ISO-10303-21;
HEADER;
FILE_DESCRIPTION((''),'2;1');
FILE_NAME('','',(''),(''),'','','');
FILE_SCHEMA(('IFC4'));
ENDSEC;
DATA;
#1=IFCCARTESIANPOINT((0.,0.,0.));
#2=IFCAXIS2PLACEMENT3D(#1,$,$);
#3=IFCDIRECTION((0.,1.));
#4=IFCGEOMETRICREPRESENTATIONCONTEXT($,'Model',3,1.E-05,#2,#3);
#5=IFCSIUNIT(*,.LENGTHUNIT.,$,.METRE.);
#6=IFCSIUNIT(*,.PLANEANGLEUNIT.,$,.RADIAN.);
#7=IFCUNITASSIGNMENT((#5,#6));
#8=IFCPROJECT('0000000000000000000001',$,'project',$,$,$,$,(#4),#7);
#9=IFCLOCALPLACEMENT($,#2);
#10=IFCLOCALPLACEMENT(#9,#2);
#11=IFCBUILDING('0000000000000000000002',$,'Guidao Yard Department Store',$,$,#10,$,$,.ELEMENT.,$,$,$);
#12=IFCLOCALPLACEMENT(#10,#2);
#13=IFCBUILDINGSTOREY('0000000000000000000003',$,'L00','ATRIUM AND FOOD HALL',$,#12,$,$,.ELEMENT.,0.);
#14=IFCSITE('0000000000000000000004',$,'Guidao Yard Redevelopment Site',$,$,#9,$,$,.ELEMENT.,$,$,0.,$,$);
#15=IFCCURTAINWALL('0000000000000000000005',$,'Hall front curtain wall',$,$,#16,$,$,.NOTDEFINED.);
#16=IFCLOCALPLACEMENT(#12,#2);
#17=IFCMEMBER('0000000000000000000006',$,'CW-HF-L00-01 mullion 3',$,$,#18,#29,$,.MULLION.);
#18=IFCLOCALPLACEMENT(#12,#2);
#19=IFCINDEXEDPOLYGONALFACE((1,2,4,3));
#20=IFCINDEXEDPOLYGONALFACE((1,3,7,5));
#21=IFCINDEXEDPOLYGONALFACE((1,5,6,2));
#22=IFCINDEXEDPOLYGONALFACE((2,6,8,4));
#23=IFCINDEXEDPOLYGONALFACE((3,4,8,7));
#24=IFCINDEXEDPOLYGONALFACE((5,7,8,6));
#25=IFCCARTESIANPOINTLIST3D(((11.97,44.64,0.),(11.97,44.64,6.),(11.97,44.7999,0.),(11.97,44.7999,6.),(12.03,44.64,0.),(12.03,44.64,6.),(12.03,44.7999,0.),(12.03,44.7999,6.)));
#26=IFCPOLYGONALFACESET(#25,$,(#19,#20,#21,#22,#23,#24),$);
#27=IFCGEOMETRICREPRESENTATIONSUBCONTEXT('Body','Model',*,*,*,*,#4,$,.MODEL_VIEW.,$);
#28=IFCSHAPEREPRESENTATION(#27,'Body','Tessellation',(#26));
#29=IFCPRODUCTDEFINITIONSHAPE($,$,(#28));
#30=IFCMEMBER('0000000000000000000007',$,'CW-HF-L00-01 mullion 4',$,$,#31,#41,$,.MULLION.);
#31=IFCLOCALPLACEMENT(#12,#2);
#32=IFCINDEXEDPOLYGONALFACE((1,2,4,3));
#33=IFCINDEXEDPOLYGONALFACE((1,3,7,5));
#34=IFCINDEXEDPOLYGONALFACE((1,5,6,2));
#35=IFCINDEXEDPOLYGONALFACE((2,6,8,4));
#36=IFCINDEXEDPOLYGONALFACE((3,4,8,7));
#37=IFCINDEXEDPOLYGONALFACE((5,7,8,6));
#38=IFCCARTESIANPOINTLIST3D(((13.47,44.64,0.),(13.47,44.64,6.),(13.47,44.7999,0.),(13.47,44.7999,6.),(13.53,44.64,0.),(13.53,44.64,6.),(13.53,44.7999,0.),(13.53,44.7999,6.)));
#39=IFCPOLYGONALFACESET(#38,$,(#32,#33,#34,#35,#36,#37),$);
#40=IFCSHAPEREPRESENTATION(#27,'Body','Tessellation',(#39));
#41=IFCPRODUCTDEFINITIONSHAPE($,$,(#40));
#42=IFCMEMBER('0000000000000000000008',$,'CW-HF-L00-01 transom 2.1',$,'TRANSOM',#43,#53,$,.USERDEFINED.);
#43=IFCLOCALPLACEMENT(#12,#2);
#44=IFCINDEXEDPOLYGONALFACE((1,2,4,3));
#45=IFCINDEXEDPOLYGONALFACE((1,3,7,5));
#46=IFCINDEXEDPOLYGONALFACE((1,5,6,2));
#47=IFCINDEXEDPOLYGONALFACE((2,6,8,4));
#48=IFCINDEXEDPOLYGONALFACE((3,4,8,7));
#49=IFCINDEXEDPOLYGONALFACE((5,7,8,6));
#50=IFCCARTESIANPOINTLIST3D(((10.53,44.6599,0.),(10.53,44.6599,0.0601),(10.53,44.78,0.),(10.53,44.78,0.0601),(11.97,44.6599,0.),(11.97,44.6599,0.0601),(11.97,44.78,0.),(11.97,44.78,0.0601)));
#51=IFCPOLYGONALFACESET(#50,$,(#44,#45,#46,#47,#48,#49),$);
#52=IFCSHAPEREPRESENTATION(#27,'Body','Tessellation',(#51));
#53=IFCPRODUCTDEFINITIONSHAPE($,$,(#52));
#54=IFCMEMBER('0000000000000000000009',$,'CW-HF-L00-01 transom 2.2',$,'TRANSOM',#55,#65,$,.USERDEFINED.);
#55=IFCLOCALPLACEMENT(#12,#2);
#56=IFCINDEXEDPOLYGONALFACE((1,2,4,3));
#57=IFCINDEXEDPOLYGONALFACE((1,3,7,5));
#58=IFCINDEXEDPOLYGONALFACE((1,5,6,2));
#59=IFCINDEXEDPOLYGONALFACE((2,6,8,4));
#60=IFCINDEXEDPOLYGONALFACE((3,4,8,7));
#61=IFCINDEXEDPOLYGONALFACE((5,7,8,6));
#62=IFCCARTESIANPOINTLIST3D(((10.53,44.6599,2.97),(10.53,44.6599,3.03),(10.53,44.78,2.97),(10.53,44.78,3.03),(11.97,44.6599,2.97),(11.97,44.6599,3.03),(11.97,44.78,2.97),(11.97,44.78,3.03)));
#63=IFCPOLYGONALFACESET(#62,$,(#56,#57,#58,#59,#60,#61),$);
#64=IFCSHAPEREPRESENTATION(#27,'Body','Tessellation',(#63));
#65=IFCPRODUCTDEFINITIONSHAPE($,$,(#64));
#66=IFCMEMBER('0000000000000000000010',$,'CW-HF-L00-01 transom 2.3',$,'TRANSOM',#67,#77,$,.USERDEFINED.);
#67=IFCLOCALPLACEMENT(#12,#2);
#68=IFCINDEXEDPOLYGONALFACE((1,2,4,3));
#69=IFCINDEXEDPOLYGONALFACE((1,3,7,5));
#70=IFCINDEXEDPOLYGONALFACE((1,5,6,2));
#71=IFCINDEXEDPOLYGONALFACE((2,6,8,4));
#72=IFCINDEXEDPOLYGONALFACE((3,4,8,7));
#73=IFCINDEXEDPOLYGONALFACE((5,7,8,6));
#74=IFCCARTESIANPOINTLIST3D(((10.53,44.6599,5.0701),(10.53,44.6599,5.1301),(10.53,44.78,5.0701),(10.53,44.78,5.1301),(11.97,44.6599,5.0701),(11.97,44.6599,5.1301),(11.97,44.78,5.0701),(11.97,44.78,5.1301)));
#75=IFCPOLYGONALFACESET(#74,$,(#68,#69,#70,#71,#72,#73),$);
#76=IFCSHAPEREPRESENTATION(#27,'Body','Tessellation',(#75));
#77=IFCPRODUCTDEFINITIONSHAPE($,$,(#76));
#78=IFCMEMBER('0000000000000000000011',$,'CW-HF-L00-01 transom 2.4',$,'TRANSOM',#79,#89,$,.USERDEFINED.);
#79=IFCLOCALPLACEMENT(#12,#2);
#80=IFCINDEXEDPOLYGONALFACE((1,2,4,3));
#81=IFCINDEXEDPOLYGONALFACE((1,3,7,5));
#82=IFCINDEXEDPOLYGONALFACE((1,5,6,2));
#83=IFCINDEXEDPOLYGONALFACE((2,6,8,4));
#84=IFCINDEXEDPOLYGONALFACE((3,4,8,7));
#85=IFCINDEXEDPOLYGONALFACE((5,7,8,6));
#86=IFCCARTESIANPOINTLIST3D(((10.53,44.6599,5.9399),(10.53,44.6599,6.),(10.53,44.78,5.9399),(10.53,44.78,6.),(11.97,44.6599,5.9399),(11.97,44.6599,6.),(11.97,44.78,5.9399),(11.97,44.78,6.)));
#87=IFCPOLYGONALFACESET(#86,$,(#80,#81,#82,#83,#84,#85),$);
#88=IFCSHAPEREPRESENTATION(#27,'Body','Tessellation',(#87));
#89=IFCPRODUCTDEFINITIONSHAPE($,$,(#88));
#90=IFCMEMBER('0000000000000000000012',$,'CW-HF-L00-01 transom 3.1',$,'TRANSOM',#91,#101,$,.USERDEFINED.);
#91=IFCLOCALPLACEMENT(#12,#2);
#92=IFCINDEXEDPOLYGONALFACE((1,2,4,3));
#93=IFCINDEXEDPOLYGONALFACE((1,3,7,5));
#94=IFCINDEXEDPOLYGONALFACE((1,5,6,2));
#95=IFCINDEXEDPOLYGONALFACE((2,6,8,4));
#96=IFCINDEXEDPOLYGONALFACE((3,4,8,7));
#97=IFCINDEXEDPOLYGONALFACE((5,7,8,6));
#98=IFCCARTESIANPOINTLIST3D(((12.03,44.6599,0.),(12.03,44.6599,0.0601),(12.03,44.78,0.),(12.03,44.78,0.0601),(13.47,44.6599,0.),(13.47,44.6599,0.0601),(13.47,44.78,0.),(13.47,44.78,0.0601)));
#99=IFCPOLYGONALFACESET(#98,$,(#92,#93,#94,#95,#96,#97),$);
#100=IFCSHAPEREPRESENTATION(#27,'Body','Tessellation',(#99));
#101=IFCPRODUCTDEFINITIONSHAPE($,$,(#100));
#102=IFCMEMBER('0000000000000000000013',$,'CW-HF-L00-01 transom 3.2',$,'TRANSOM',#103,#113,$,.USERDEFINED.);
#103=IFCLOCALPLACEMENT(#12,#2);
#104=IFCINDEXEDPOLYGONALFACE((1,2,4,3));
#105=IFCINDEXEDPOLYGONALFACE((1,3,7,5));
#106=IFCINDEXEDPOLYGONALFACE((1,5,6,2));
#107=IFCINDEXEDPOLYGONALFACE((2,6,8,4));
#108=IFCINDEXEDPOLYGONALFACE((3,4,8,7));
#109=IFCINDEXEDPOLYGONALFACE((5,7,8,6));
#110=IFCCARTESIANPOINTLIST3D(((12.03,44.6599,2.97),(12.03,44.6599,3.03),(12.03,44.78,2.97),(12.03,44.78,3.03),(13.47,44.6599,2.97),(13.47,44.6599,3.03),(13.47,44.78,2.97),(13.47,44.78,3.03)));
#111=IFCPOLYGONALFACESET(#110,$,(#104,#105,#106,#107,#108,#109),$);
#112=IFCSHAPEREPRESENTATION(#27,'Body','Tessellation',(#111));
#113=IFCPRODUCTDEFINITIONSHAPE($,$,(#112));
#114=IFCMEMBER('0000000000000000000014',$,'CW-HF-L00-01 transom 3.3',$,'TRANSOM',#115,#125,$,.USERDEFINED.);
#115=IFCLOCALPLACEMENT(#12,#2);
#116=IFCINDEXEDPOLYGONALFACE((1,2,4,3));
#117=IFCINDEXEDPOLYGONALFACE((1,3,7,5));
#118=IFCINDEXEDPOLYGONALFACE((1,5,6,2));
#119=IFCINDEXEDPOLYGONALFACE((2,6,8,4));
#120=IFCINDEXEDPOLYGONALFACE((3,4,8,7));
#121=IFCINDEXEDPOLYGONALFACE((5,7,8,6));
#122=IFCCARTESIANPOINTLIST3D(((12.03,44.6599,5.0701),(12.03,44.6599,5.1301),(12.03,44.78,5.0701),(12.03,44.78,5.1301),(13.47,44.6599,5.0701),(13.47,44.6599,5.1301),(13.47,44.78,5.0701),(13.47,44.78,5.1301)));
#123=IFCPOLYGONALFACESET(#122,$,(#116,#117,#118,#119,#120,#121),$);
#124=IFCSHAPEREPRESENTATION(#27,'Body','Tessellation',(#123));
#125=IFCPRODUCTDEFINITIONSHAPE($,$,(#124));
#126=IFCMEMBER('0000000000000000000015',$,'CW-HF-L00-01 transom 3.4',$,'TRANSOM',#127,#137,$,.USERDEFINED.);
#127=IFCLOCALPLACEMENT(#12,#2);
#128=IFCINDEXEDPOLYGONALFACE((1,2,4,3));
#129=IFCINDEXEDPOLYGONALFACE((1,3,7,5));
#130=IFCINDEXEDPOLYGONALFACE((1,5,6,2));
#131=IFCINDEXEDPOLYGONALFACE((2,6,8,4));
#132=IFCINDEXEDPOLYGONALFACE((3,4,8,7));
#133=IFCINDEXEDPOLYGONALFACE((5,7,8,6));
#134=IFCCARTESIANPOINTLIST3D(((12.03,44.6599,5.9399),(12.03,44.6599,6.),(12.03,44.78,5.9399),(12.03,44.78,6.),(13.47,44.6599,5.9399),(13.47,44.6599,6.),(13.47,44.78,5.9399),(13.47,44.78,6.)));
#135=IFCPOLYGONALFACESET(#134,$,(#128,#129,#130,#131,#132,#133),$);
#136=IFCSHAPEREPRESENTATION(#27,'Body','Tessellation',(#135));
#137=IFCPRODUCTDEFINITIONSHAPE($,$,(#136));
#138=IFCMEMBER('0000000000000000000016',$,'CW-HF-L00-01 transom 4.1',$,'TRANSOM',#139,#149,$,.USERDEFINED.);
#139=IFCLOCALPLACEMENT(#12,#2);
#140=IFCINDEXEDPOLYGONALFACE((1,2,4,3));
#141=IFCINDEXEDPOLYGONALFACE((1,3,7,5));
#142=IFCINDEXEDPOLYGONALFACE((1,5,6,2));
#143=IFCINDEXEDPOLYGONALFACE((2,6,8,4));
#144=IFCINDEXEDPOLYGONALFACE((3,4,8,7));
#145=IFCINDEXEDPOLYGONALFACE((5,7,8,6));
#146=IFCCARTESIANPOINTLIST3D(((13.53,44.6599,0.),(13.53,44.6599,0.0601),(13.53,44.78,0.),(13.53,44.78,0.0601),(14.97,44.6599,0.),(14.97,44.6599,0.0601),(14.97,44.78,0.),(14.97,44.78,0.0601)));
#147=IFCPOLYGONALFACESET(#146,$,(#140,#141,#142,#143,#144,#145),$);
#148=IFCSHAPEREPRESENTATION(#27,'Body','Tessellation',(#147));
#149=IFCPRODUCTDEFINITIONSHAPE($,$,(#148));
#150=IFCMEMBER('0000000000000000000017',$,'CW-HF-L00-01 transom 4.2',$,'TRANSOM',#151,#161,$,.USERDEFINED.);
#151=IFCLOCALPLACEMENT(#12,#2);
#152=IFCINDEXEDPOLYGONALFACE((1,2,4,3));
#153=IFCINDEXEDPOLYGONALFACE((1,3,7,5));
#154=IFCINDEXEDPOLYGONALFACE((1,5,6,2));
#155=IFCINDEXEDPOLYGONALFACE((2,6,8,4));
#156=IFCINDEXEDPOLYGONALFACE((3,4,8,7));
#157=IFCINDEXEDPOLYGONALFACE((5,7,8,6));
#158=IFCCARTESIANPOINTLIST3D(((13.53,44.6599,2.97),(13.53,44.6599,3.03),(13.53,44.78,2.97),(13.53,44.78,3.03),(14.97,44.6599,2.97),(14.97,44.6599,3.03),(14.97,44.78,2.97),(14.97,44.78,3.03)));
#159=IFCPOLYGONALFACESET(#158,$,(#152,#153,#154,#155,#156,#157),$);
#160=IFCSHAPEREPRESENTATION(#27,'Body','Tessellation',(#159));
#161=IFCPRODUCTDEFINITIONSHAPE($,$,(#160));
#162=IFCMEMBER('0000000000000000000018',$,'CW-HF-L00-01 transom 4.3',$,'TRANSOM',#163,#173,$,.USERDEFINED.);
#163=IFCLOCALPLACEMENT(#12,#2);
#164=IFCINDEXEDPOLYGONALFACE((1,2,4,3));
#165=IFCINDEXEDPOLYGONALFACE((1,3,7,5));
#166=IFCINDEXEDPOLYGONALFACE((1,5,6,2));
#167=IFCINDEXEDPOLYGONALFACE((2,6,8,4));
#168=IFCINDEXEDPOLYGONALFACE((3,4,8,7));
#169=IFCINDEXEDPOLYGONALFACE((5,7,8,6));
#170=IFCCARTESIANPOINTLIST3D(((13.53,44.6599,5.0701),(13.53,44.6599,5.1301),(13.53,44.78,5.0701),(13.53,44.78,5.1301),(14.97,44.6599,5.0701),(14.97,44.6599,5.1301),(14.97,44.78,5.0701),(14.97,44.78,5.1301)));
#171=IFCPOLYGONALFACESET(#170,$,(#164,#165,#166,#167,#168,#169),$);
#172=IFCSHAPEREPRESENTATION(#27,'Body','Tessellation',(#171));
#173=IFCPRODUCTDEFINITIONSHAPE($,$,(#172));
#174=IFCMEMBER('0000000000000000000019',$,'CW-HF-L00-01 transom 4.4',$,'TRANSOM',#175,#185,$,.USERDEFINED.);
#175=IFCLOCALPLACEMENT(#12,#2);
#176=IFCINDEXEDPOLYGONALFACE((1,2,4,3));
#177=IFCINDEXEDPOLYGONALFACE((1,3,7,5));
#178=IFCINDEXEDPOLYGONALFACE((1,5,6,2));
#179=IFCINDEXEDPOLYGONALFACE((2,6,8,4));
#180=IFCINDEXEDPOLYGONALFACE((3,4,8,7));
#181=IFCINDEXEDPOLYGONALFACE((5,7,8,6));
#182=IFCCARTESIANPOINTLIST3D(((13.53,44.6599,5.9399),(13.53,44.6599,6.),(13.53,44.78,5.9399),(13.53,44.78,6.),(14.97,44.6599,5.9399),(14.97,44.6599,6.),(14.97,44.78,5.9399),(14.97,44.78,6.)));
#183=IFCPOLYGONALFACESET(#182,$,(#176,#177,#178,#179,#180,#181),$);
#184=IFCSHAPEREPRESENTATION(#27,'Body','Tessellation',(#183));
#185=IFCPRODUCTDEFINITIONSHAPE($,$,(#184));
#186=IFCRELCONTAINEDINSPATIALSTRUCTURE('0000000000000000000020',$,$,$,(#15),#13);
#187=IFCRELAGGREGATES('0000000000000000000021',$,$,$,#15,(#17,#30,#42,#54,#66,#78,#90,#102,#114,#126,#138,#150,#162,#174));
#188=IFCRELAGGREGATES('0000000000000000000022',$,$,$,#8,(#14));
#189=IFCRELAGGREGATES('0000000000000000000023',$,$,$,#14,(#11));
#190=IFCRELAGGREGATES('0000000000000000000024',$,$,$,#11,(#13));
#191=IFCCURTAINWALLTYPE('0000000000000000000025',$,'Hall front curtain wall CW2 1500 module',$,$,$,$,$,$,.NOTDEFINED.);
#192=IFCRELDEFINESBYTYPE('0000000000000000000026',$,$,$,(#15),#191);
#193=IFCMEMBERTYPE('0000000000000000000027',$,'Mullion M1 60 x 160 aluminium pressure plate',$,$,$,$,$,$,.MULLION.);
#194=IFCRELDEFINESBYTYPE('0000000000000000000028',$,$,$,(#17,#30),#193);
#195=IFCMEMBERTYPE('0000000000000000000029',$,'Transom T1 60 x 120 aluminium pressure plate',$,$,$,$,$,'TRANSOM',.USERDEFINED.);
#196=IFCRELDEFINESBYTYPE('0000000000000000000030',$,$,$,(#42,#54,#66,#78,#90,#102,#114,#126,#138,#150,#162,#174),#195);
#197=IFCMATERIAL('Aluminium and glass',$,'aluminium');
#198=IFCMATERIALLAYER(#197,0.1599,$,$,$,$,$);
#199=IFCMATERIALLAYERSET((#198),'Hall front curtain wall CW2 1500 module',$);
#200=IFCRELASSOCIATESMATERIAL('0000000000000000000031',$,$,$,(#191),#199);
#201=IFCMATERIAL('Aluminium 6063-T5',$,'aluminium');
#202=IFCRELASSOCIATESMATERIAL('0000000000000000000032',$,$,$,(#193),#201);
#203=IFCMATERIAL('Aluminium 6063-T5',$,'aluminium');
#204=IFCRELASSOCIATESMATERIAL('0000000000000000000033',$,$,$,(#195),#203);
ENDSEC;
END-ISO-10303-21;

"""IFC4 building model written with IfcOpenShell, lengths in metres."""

from ifc_helpers import new_model, si_unit, direction, frame, origin, origin_2d, place, context, subcontext, project, spatial, rectangle, extrude, material, layer, layer_set, material_profile, profile_set, type_object, element, aggregate, save


model = new_model("IFC4")

# Units and contexts
model_context = context("Model", 3, precision=1e-05, world=origin(), true_north=direction((0.0, 1.0)))
body_context = subcontext(model_context, "Body", "Model", "MODEL_VIEW")
ifc_project = project(units=[si_unit("LENGTHUNIT", "METRE"), si_unit("PLANEANGLEUNIT", "RADIAN")], contexts=[model_context])

# Site, building, storey
site_placement = place(None, origin())
site = spatial("IfcSite", under=ifc_project, at=site_placement, Name="Guidao Yard Redevelopment Site", CompositionType="ELEMENT", RefElevation=0.0)
building_placement = place(site_placement, origin())
building = spatial("IfcBuilding", under=site, at=building_placement, Name="Guidao Yard Department Store", CompositionType="ELEMENT")
storey_placement = place(building_placement, origin())
storey = spatial("IfcBuildingStorey", under=building, at=storey_placement, Name="L00", Description="ATRIUM AND FOOD HALL", CompositionType="ELEMENT", Elevation=0.0)

# Curtain wall, members
ifc_material_1 = material(Name="Aluminium and glass", Category="aluminium")
ifc_layer_1 = layer(ifc_material_1, 0.1599)
ifc_layer_set_1 = layer_set([ifc_layer_1], Name="Hall front curtain wall CW2 1500 module")
curtain_wall_type = type_object("IfcCurtainWallType", Name="Hall front curtain wall CW2 1500 module", PredefinedType="NOTDEFINED", material=ifc_layer_set_1)
curtain_wall_placement = place(storey_placement, origin())
curtain_wall = element("IfcCurtainWall", 1, at=curtain_wall_placement, inside=storey, type_object=curtain_wall_type, Name="Hall front curtain wall", PredefinedType="NOTDEFINED")
ifc_material_2 = material(Name="Aluminium 6063-T5", Category="aluminium")
ifc_material_profile_1 = material_profile(ifc_material_2, rectangle(XDim=0.0601, YDim=0.1599, at=origin_2d()), Name="Mullion M1 60 x 160 aluminium pressure plate")
ifc_profile_set_1 = profile_set([ifc_material_profile_1], Name="Aluminium 6063-T5")
member_type_1 = type_object("IfcMemberType", Name="Mullion M1 60 x 160 aluminium pressure plate", PredefinedType="MULLION", material=ifc_profile_set_1)
member_1_placement = place(storey_placement, frame((12.0, 44.72, 0.0), z_axis=(0.0, 0.0, 1.0), x_axis=(-1.0, 0.0, 0.0)))
member_1 = element("IfcMember", 2, at=member_1_placement, type_object=member_type_1, Name="CW-HF-L00-01 mullion 3", PredefinedType="MULLION", context=body_context, shape_type="SweptSolid", body=[
    extrude(rectangle(XDim=0.0601, YDim=0.1599, at=origin_2d()), origin(), (0.0, 0.0, 1.0), 6.0),
])
member_2_placement = place(storey_placement, frame((13.5, 44.72, 0.0), z_axis=(0.0, 0.0, 1.0), x_axis=(-1.0, 0.0, 0.0)))
member_2 = element("IfcMember", 3, at=member_2_placement, type_object=member_type_1, Name="CW-HF-L00-01 mullion 4", PredefinedType="MULLION", context=body_context, shape_type="SweptSolid", body=[
    extrude(rectangle(XDim=0.0601, YDim=0.1599, at=origin_2d()), origin(), (0.0, 0.0, 1.0), 6.0),
])
ifc_material_3 = material(Name="Aluminium 6063-T5", Category="aluminium")
ifc_material_profile_2 = material_profile(ifc_material_3, rectangle(XDim=0.1201, YDim=0.0601, at=origin_2d()), Name="Transom T1 60 x 120 aluminium pressure plate")
ifc_profile_set_2 = profile_set([ifc_material_profile_2], Name="Aluminium 6063-T5")
member_type_2 = type_object("IfcMemberType", Name="Transom T1 60 x 120 aluminium pressure plate", ElementType="TRANSOM", PredefinedType="USERDEFINED", material=ifc_profile_set_2)
member_3_placement = place(storey_placement, frame((11.97, 44.72, 0.03), z_axis=(-1.0, 0.0, 0.0), x_axis=(0.0, -1.0, 0.0)))
member_3 = element("IfcMember", 4, at=member_3_placement, type_object=member_type_2, Name="CW-HF-L00-01 transom 2.1", ObjectType="TRANSOM", PredefinedType="USERDEFINED", context=body_context, shape_type="SweptSolid", body=[
    extrude(rectangle(XDim=0.1201, YDim=0.0601, at=origin_2d()), origin(), (0.0, 0.0, 1.0), 1.4399),
])
member_4_placement = place(storey_placement, frame((11.97, 44.72, 3.0), z_axis=(-1.0, 0.0, 0.0), x_axis=(0.0, -1.0, 0.0)))
member_4 = element("IfcMember", 5, at=member_4_placement, type_object=member_type_2, Name="CW-HF-L00-01 transom 2.2", ObjectType="TRANSOM", PredefinedType="USERDEFINED", context=body_context, shape_type="SweptSolid", body=[
    extrude(rectangle(XDim=0.1201, YDim=0.0601, at=origin_2d()), origin(), (0.0, 0.0, 1.0), 1.4399),
])
member_5_placement = place(storey_placement, frame((11.97, 44.72, 5.1001), z_axis=(-1.0, 0.0, 0.0), x_axis=(0.0, -1.0, 0.0)))
member_5 = element("IfcMember", 6, at=member_5_placement, type_object=member_type_2, Name="CW-HF-L00-01 transom 2.3", ObjectType="TRANSOM", PredefinedType="USERDEFINED", context=body_context, shape_type="SweptSolid", body=[
    extrude(rectangle(XDim=0.1201, YDim=0.0601, at=origin_2d()), origin(), (0.0, 0.0, 1.0), 1.4399),
])
member_6_placement = place(storey_placement, frame((11.97, 44.72, 5.97), z_axis=(-1.0, 0.0, 0.0), x_axis=(0.0, -1.0, 0.0)))
member_6 = element("IfcMember", 7, at=member_6_placement, type_object=member_type_2, Name="CW-HF-L00-01 transom 2.4", ObjectType="TRANSOM", PredefinedType="USERDEFINED", context=body_context, shape_type="SweptSolid", body=[
    extrude(rectangle(XDim=0.1201, YDim=0.0601, at=origin_2d()), origin(), (0.0, 0.0, 1.0), 1.4399),
])
member_7_placement = place(storey_placement, frame((13.47, 44.72, 0.03), z_axis=(-1.0, 0.0, 0.0), x_axis=(0.0, -1.0, 0.0)))
member_7 = element("IfcMember", 8, at=member_7_placement, type_object=member_type_2, Name="CW-HF-L00-01 transom 3.1", ObjectType="TRANSOM", PredefinedType="USERDEFINED", context=body_context, shape_type="SweptSolid", body=[
    extrude(rectangle(XDim=0.1201, YDim=0.0601, at=origin_2d()), origin(), (0.0, 0.0, 1.0), 1.4399),
])
member_8_placement = place(storey_placement, frame((13.47, 44.72, 3.0), z_axis=(-1.0, 0.0, 0.0), x_axis=(0.0, -1.0, 0.0)))
member_8 = element("IfcMember", 9, at=member_8_placement, type_object=member_type_2, Name="CW-HF-L00-01 transom 3.2", ObjectType="TRANSOM", PredefinedType="USERDEFINED", context=body_context, shape_type="SweptSolid", body=[
    extrude(rectangle(XDim=0.1201, YDim=0.0601, at=origin_2d()), origin(), (0.0, 0.0, 1.0), 1.4399),
])
member_9_placement = place(storey_placement, frame((13.47, 44.72, 5.1001), z_axis=(-1.0, 0.0, 0.0), x_axis=(0.0, -1.0, 0.0)))
member_9 = element("IfcMember", 10, at=member_9_placement, type_object=member_type_2, Name="CW-HF-L00-01 transom 3.3", ObjectType="TRANSOM", PredefinedType="USERDEFINED", context=body_context, shape_type="SweptSolid", body=[
    extrude(rectangle(XDim=0.1201, YDim=0.0601, at=origin_2d()), origin(), (0.0, 0.0, 1.0), 1.4399),
])
member_10_placement = place(storey_placement, frame((13.47, 44.72, 5.97), z_axis=(-1.0, 0.0, 0.0), x_axis=(0.0, -1.0, 0.0)))
member_10 = element("IfcMember", 11, at=member_10_placement, type_object=member_type_2, Name="CW-HF-L00-01 transom 3.4", ObjectType="TRANSOM", PredefinedType="USERDEFINED", context=body_context, shape_type="SweptSolid", body=[
    extrude(rectangle(XDim=0.1201, YDim=0.0601, at=origin_2d()), origin(), (0.0, 0.0, 1.0), 1.4399),
])
member_11_placement = place(storey_placement, frame((14.97, 44.72, 0.03), z_axis=(-1.0, 0.0, 0.0), x_axis=(0.0, -1.0, 0.0)))
member_11 = element("IfcMember", 12, at=member_11_placement, type_object=member_type_2, Name="CW-HF-L00-01 transom 4.1", ObjectType="TRANSOM", PredefinedType="USERDEFINED", context=body_context, shape_type="SweptSolid", body=[
    extrude(rectangle(XDim=0.1201, YDim=0.0601, at=origin_2d()), origin(), (0.0, 0.0, 1.0), 1.4399),
])
member_12_placement = place(storey_placement, frame((14.97, 44.72, 3.0), z_axis=(-1.0, 0.0, 0.0), x_axis=(0.0, -1.0, 0.0)))
member_12 = element("IfcMember", 13, at=member_12_placement, type_object=member_type_2, Name="CW-HF-L00-01 transom 4.2", ObjectType="TRANSOM", PredefinedType="USERDEFINED", context=body_context, shape_type="SweptSolid", body=[
    extrude(rectangle(XDim=0.1201, YDim=0.0601, at=origin_2d()), origin(), (0.0, 0.0, 1.0), 1.4399),
])
member_13_placement = place(storey_placement, frame((14.97, 44.72, 5.1001), z_axis=(-1.0, 0.0, 0.0), x_axis=(0.0, -1.0, 0.0)))
member_13 = element("IfcMember", 14, at=member_13_placement, type_object=member_type_2, Name="CW-HF-L00-01 transom 4.3", ObjectType="TRANSOM", PredefinedType="USERDEFINED", context=body_context, shape_type="SweptSolid", body=[
    extrude(rectangle(XDim=0.1201, YDim=0.0601, at=origin_2d()), origin(), (0.0, 0.0, 1.0), 1.4399),
])
member_14_placement = place(storey_placement, frame((14.97, 44.72, 5.97), z_axis=(-1.0, 0.0, 0.0), x_axis=(0.0, -1.0, 0.0)))
member_14 = element("IfcMember", 15, at=member_14_placement, type_object=member_type_2, Name="CW-HF-L00-01 transom 4.4", ObjectType="TRANSOM", PredefinedType="USERDEFINED", context=body_context, shape_type="SweptSolid", body=[
    extrude(rectangle(XDim=0.1201, YDim=0.0601, at=origin_2d()), origin(), (0.0, 0.0, 1.0), 1.4399),
])
aggregate(curtain_wall, [member_1, member_2, member_3, member_4, member_5, member_6, member_7, member_8, member_9, member_10, member_11, member_12, member_13, member_14])

save(model, "model.ifc")
